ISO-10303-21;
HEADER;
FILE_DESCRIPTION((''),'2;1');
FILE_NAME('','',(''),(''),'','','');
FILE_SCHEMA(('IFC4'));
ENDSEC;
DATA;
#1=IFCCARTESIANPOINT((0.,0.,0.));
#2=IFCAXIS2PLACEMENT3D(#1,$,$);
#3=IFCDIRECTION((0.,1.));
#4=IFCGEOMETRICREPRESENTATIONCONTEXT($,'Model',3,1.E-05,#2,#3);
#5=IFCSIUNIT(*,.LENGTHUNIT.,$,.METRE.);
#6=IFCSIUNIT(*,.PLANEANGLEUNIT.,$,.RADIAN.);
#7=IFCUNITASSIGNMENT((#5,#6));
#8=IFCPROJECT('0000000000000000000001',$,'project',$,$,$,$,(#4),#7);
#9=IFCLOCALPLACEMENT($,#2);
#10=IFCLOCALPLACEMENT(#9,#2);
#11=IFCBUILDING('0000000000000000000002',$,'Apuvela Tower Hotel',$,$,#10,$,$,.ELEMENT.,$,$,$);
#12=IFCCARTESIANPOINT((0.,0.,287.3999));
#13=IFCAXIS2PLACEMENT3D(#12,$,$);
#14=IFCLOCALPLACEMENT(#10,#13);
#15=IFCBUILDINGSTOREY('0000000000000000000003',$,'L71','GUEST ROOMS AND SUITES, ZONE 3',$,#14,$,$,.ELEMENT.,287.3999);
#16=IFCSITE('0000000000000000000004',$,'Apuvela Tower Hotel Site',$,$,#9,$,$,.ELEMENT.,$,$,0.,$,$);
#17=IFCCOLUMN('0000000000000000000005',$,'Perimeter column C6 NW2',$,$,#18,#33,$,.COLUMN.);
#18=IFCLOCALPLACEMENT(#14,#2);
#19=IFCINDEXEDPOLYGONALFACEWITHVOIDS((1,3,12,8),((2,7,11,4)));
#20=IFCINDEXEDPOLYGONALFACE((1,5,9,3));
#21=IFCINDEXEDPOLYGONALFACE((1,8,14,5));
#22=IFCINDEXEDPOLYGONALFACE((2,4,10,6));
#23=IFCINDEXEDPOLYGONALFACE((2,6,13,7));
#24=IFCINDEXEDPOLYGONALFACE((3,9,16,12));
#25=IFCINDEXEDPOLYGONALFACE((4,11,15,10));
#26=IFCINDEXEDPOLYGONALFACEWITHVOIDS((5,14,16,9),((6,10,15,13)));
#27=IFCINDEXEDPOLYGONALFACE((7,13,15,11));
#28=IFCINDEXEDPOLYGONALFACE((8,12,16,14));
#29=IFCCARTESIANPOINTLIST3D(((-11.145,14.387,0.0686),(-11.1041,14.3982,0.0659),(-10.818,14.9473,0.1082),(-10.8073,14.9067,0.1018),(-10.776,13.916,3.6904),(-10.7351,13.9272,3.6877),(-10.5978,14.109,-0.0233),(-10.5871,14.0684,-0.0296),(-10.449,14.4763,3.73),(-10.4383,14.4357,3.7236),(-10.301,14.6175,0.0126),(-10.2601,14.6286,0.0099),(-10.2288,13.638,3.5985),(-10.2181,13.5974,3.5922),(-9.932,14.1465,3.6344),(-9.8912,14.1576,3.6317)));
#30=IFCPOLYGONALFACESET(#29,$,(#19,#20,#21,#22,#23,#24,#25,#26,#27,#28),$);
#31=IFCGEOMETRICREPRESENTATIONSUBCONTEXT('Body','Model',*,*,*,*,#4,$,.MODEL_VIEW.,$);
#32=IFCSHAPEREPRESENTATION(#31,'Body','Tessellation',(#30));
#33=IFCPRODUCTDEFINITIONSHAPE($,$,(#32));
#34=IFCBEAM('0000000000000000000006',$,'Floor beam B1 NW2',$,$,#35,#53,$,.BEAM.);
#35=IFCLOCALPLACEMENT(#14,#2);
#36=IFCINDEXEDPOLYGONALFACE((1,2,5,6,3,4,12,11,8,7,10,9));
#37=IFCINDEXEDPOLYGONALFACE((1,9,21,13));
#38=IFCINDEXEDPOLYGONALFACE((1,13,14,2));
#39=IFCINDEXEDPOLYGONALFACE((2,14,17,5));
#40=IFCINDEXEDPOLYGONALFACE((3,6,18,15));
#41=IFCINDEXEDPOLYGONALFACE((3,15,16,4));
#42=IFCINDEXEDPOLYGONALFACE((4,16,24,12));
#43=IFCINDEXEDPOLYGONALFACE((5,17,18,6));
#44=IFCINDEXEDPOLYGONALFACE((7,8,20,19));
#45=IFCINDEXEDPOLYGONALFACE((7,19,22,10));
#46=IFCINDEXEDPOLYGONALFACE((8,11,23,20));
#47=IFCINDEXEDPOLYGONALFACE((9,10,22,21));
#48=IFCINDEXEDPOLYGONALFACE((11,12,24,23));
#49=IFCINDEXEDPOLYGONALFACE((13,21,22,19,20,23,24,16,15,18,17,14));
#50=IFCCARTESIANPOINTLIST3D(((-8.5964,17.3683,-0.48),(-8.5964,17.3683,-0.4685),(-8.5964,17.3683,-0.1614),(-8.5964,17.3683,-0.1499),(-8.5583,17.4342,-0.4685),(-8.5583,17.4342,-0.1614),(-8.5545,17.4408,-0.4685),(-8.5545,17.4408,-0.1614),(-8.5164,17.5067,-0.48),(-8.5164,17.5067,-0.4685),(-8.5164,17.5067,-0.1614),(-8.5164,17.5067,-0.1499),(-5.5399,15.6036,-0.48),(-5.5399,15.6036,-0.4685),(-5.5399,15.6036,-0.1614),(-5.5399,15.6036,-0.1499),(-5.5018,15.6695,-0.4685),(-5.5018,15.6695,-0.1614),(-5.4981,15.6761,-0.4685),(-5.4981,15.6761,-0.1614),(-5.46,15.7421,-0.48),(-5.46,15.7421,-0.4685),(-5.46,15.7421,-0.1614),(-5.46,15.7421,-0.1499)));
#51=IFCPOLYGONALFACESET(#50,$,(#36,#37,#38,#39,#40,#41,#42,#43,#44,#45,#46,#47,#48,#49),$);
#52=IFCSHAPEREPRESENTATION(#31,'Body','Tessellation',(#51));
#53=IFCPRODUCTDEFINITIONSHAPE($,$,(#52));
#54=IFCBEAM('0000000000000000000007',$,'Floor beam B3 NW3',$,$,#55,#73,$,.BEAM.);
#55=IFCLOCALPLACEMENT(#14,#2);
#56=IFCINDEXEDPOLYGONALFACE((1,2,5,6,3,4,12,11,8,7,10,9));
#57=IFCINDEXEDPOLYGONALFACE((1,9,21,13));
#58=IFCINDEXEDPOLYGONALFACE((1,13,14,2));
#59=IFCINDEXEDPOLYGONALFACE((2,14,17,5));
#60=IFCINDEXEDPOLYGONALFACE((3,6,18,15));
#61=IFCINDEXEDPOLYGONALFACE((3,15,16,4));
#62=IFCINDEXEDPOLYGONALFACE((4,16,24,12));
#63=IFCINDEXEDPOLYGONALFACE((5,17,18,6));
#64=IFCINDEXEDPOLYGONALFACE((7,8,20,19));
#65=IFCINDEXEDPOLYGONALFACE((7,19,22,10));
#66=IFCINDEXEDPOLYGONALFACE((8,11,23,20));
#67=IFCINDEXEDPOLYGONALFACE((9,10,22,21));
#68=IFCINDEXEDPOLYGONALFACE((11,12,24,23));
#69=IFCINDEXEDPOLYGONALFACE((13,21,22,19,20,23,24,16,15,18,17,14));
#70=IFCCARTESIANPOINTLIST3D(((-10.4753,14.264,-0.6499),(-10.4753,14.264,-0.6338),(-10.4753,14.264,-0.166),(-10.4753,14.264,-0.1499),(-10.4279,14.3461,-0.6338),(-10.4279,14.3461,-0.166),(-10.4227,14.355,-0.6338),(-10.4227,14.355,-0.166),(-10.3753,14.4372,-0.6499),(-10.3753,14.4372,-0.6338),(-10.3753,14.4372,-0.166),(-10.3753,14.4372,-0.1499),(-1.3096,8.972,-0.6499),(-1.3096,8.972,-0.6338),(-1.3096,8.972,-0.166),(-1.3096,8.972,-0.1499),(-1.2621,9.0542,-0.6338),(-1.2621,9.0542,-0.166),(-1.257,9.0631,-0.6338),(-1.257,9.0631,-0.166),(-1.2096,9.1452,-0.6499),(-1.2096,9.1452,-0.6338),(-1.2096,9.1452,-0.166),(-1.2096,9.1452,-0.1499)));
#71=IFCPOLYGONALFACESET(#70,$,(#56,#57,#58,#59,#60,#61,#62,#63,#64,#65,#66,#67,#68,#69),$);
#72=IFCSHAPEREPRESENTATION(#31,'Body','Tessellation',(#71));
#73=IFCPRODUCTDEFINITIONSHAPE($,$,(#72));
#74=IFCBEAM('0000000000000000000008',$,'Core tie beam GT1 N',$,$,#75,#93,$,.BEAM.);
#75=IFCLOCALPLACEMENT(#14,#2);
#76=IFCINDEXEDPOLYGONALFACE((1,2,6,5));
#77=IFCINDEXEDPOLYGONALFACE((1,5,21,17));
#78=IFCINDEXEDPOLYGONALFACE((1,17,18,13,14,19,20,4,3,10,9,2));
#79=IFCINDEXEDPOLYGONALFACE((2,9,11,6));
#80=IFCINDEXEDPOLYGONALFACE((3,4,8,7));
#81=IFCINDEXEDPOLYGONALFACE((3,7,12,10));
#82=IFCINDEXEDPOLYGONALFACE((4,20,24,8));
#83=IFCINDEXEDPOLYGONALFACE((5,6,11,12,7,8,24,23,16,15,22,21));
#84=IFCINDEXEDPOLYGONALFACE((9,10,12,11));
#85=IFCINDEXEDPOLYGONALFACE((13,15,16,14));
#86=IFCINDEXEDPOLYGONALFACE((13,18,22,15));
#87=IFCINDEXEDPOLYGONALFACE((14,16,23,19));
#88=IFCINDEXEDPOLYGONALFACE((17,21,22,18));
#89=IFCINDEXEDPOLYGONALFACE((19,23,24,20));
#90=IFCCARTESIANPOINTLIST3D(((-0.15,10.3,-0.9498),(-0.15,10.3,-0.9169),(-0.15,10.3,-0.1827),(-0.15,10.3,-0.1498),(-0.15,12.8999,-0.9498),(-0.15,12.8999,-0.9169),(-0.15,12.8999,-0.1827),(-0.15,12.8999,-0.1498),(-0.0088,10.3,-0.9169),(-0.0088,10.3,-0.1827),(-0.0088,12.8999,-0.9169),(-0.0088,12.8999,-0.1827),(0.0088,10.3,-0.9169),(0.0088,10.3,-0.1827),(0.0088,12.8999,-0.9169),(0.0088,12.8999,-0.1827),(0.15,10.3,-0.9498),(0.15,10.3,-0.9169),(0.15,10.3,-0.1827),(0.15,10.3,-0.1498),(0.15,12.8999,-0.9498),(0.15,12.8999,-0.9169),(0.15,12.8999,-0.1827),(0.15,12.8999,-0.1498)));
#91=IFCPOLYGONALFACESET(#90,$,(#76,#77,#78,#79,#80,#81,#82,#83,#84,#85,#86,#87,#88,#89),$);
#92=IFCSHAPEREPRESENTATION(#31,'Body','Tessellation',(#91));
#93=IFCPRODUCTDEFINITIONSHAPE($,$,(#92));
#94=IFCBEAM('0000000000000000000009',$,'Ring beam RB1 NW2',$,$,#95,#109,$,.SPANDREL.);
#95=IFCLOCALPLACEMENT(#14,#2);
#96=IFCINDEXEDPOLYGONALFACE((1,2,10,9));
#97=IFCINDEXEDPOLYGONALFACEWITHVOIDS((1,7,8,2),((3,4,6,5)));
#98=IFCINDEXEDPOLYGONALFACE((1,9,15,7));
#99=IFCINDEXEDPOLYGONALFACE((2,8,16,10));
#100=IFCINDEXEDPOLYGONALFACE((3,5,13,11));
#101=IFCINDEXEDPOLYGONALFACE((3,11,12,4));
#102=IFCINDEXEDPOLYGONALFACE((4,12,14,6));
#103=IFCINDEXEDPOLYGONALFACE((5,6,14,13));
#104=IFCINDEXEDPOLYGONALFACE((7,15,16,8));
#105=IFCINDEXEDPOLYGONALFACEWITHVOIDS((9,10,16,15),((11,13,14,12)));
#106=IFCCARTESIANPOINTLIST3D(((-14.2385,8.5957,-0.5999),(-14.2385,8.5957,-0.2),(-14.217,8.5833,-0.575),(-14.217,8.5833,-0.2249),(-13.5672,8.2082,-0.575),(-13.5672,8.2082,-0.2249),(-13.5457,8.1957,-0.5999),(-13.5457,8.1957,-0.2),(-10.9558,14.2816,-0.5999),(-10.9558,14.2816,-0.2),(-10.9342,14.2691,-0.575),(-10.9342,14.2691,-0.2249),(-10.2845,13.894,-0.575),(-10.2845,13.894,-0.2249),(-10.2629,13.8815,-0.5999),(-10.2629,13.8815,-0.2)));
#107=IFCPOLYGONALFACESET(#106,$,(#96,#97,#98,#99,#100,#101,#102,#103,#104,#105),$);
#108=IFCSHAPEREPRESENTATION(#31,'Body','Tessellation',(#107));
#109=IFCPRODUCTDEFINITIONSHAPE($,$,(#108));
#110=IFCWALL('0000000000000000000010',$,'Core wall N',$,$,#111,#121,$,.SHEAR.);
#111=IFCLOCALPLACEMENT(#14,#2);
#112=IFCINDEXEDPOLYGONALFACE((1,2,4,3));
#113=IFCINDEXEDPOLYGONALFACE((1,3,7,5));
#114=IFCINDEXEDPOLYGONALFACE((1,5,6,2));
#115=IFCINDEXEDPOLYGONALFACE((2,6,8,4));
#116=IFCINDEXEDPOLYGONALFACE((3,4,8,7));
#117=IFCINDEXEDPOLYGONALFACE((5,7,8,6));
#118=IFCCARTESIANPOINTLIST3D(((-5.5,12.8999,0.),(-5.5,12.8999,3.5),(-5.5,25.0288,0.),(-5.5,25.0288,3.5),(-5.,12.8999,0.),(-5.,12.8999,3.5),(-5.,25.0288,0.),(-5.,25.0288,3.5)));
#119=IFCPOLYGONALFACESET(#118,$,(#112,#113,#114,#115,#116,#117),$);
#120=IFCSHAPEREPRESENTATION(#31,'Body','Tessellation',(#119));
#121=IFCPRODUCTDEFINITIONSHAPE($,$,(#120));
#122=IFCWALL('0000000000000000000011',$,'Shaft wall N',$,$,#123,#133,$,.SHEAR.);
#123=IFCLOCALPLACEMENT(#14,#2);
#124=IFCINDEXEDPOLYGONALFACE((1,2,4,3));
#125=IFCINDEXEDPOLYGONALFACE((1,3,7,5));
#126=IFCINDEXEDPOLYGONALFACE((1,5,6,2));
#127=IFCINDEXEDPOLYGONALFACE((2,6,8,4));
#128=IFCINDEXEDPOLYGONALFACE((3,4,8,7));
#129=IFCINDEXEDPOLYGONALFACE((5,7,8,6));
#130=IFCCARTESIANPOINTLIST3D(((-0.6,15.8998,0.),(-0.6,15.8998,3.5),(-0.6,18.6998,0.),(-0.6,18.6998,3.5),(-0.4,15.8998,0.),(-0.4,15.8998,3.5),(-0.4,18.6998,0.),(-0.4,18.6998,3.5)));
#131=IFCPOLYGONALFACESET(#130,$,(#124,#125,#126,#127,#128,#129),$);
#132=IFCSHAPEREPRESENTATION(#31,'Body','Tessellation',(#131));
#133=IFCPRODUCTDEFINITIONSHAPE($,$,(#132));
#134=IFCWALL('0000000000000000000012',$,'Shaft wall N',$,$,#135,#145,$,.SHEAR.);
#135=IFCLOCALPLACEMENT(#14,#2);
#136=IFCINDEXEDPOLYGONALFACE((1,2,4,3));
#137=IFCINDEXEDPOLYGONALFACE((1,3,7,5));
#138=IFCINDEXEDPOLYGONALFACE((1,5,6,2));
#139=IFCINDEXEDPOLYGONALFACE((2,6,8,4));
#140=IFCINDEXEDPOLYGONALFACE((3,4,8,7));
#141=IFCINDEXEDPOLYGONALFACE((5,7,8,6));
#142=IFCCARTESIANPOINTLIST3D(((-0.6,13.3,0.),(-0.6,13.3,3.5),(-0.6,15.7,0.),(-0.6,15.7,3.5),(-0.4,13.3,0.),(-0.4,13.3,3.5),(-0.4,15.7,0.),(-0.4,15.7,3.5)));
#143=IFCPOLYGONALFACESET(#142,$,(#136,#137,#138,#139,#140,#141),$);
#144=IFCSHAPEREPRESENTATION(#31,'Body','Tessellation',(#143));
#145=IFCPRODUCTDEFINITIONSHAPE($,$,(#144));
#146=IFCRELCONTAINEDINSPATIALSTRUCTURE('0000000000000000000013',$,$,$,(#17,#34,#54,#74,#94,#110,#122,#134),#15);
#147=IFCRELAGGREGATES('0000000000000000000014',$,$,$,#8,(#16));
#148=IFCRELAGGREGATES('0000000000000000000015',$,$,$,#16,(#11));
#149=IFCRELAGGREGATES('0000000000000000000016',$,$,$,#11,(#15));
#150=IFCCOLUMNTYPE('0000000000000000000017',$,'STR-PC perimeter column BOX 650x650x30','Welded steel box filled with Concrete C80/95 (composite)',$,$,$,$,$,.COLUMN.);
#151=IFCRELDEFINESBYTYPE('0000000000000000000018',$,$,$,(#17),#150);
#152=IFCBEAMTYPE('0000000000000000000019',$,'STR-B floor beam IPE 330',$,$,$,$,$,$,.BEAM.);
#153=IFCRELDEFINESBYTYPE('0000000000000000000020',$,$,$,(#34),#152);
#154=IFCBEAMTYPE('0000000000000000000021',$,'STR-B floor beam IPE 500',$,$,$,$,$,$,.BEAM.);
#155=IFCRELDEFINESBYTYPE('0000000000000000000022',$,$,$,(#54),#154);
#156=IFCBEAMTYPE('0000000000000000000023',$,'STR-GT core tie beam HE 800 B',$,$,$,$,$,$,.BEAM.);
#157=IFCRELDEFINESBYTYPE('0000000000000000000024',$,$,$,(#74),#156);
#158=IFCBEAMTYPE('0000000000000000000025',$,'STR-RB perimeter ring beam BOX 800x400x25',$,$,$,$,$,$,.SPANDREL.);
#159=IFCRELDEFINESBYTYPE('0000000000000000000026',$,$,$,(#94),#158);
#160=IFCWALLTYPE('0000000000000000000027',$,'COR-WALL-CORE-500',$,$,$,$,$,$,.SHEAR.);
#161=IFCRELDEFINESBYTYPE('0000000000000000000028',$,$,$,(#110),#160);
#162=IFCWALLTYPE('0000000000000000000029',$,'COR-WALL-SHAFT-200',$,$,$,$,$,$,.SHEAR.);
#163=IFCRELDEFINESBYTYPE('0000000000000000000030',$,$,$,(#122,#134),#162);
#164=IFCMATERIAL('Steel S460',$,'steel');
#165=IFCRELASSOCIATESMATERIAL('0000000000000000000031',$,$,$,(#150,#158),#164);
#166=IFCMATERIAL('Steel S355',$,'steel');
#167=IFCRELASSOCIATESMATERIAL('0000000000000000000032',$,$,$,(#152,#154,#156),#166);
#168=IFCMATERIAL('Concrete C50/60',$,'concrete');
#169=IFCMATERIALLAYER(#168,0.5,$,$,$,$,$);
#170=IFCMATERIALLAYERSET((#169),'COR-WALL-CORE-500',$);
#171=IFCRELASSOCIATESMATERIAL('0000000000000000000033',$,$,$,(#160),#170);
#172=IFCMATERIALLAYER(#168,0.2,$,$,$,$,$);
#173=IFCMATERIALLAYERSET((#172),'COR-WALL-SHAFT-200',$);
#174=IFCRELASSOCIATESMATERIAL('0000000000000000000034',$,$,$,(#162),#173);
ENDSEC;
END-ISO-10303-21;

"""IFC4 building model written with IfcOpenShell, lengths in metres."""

from ifc_helpers import new_model, si_unit, direction, frame, frame_2d, origin, origin_2d, place, context, subcontext, project, spatial, rectangle, hollow_rectangle, i_section, extrude, boolean, halfspace, material, layer, layer_set, material_profile, profile_set, type_object, element, save


model = new_model("IFC4")

# Units and contexts
model_context = context("Model", 3, precision=1e-05, world=origin(), true_north=direction((0.0, 1.0)))
body_context = subcontext(model_context, "Body", "Model", "MODEL_VIEW")
ifc_project = project(units=[si_unit("LENGTHUNIT", "METRE"), si_unit("PLANEANGLEUNIT", "RADIAN")], contexts=[model_context])

# Site, building, storey
site_placement = place(None, origin())
site = spatial("IfcSite", under=ifc_project, at=site_placement, Name="Apuvela Tower Hotel Site", CompositionType="ELEMENT", RefElevation=0.0)
building_placement = place(site_placement, origin())
building = spatial("IfcBuilding", under=site, at=building_placement, Name="Apuvela Tower Hotel", CompositionType="ELEMENT")
storey_placement = place(building_placement, frame((0.0, 0.0, 287.3999)))
storey = spatial("IfcBuildingStorey", under=building, at=storey_placement, Name="L71", Description="GUEST ROOMS AND SUITES, ZONE 3", CompositionType="ELEMENT", Elevation=287.3999)

# Column
ifc_material_1 = material(Name="Steel S460", Category="steel")
ifc_material_profile_1 = material_profile(ifc_material_1, hollow_rectangle(XDim=0.6499, YDim=0.6499, WallThickness=0.03, at=origin_2d()), Name="BOX 650x650x30")
ifc_material_2 = material(Name="Concrete C80/95", Category="concrete")
ifc_material_profile_2 = material_profile(ifc_material_2, rectangle(XDim=0.5901, YDim=0.5901, at=origin_2d()), Name="Concrete C80/95 infill")
ifc_profile_set_1 = profile_set([ifc_material_profile_1, ifc_material_profile_2], Name="Steel S460")
column_type = type_object("IfcColumnType", Name="STR-PC perimeter column BOX 650x650x30", Description="Welded steel box filled with Concrete C80/95 (composite)", PredefinedType="COLUMN", material=ifc_profile_set_1)
column_placement = place(storey_placement, frame((-10.7065, 14.5129, 0.0), z_axis=(0.100512, -0.128308, 0.986628), x_axis=(0.503129, 0.862066, 0.060854)))
element("IfcColumn", 1, at=column_placement, inside=storey, type_object=column_type, Name="Perimeter column C6 NW2", PredefinedType="COLUMN", context=body_context, shape_type="SweptSolid", body=[
    boolean("DIFFERENCE", boolean("DIFFERENCE", extrude(hollow_rectangle(XDim=0.6499, YDim=0.6499, WallThickness=0.03, at=origin_2d()), origin(), (0.0, 0.0, 1.0), 3.7502), halfspace(frame((0.0, 0.0, 0.0398), z_axis=(0.0, 0.0, 1.0), x_axis=(1.0, 0.0, 0.0)), True)), halfspace(frame((0.0, 0.0, 3.7107), z_axis=(0.0, 0.0, 1.0), x_axis=(1.0, 0.0, 0.0)), False)),
])

# Beams
ifc_material_3 = material(Name="Steel S355", Category="steel")
ifc_material_profile_3 = material_profile(ifc_material_3, i_section(OverallWidth=0.1599, OverallDepth=0.3301, WebThickness=0.0076, FlangeThickness=0.0115, at=origin_2d()), Name="IPE 330")
ifc_profile_set_2 = profile_set([ifc_material_profile_3], Name="Steel S355")
beam_type_1 = type_object("IfcBeamType", Name="STR-B floor beam IPE 330", PredefinedType="BEAM", material=ifc_profile_set_2)
beam_1_placement = place(storey_placement, frame((-8.5564, 17.4375, -0.3149), z_axis=(0.866021, -0.500008, 0.0), x_axis=(0.500008, 0.866021, 0.0)))
element("IfcBeam", 2, at=beam_1_placement, inside=storey, type_object=beam_type_1, Name="Floor beam B1 NW2", PredefinedType="BEAM", context=body_context, shape_type="SweptSolid", body=[
    extrude(i_section(OverallWidth=0.1599, OverallDepth=0.3301, WebThickness=0.0076, FlangeThickness=0.0115, at=origin_2d()), origin(), (0.0, 0.0, 1.0), 3.5293),
])
ifc_material_profile_4 = material_profile(ifc_material_3, i_section(OverallWidth=0.2, OverallDepth=0.5, WebThickness=0.0103, FlangeThickness=0.0161, at=origin_2d()), Name="IPE 500")
ifc_profile_set_3 = profile_set([ifc_material_profile_4], Name="Steel S355")
beam_type_2 = type_object("IfcBeamType", Name="STR-B floor beam IPE 500", PredefinedType="BEAM", material=ifc_profile_set_3)
beam_2_placement = place(storey_placement, frame((-10.4253, 14.3506, -0.3999), z_axis=(0.86602, -0.500009, 0.0), x_axis=(0.500009, 0.86602, 0.0)))
element("IfcBeam", 3, at=beam_2_placement, inside=storey, type_object=beam_type_2, Name="Floor beam B3 NW3", PredefinedType="BEAM", context=body_context, shape_type="SweptSolid", body=[
    extrude(i_section(OverallWidth=0.2, OverallDepth=0.5, WebThickness=0.0103, FlangeThickness=0.0161, at=origin_2d()), origin(), (0.0, 0.0, 1.0), 10.5837),
])
ifc_material_profile_5 = material_profile(ifc_material_3, i_section(OverallWidth=0.3, OverallDepth=0.8, WebThickness=0.0176, FlangeThickness=0.033, at=origin_2d()), Name="HE 800 B")
ifc_profile_set_4 = profile_set([ifc_material_profile_5], Name="Steel S355")
beam_type_3 = type_object("IfcBeamType", Name="STR-GT core tie beam HE 800 B", PredefinedType="BEAM", material=ifc_profile_set_4)
beam_3_placement = place(storey_placement, frame((0.0, 12.8999, -0.5498), z_axis=(0.0, -1.0, 0.0), x_axis=(1.0, 0.0, 0.0)))
element("IfcBeam", 4, at=beam_3_placement, inside=storey, type_object=beam_type_3, Name="Core tie beam GT1 N", PredefinedType="BEAM", context=body_context, shape_type="SweptSolid", body=[
    extrude(i_section(OverallWidth=0.3, OverallDepth=0.8, WebThickness=0.0176, FlangeThickness=0.033, at=origin_2d()), origin(), (0.0, 0.0, 1.0), 2.5999),
])
ifc_material_profile_6 = material_profile(ifc_material_1, hollow_rectangle(XDim=0.8, YDim=0.3999, WallThickness=0.0249, at=origin_2d()), Name="BOX 800x400x25")
ifc_profile_set_5 = profile_set([ifc_material_profile_6], Name="Steel S460")
beam_type_4 = type_object("IfcBeamType", Name="STR-RB perimeter ring beam BOX 800x400x25", PredefinedType="SPANDREL", material=ifc_profile_set_5)
beam_4_placement = place(storey_placement, frame((-10.6094, 14.0815, -0.3999), z_axis=(-0.500002, -0.866024, 0.0), x_axis=(0.866024, -0.500002, 0.0)))
element("IfcBeam", 5, at=beam_4_placement, inside=storey, type_object=beam_type_4, Name="Ring beam RB1 NW2", PredefinedType="SPANDREL", context=body_context, shape_type="SweptSolid", body=[
    extrude(hollow_rectangle(XDim=0.8, YDim=0.3999, WallThickness=0.0249, at=origin_2d()), origin(), (0.0, 0.0, 1.0), 6.5654),
])

# Walls
ifc_material_4 = material(Name="Concrete C50/60", Category="concrete")
ifc_layer_1 = layer(ifc_material_4, 0.5)
ifc_layer_set_1 = layer_set([ifc_layer_1], Name="COR-WALL-CORE-500")
wall_type_1 = type_object("IfcWallType", Name="COR-WALL-CORE-500", PredefinedType="SHEAR", material=ifc_layer_set_1)
wall_1_placement = place(storey_placement, frame((-5.25, 12.8999, 0.0), z_axis=(0.0, 0.0, 1.0), x_axis=(0.0, 1.0, 0.0)))
element("IfcWall", 6, at=wall_1_placement, inside=storey, type_object=wall_type_1, Name="Core wall N", PredefinedType="SHEAR", context=body_context, shape_type="SweptSolid", body=[
    extrude(rectangle(XDim=12.1289, YDim=0.5, at=frame_2d((6.0645, 0.0))), origin(), (0.0, 0.0, 1.0), 3.5),
])
ifc_layer_2 = layer(ifc_material_4, 0.2)
ifc_layer_set_2 = layer_set([ifc_layer_2], Name="COR-WALL-SHAFT-200")
wall_type_2 = type_object("IfcWallType", Name="COR-WALL-SHAFT-200", PredefinedType="SHEAR", material=ifc_layer_set_2)
wall_2_placement = place(storey_placement, frame((-0.5, 15.8999, 0.0), z_axis=(0.0, 0.0, 1.0), x_axis=(0.0, 1.0, 0.0)))
element("IfcWall", 7, at=wall_2_placement, inside=storey, type_object=wall_type_2, Name="Shaft wall N", PredefinedType="SHEAR", context=body_context, shape_type="SweptSolid", body=[
    extrude(rectangle(XDim=2.8, YDim=0.2, at=frame_2d((1.3999, 0.0))), origin(), (0.0, 0.0, 1.0), 3.5),
])
wall_3_placement = place(storey_placement, frame((-0.5, 13.3, 0.0), z_axis=(0.0, 0.0, 1.0), x_axis=(0.0, 1.0, 0.0)))
element("IfcWall", 8, at=wall_3_placement, inside=storey, type_object=wall_type_2, Name="Shaft wall N", PredefinedType="SHEAR", context=body_context, shape_type="SweptSolid", body=[
    extrude(rectangle(XDim=2.3999, YDim=0.2, at=frame_2d((1.2, 0.0))), origin(), (0.0, 0.0, 1.0), 3.5),
])

save(model, "model.ifc")
